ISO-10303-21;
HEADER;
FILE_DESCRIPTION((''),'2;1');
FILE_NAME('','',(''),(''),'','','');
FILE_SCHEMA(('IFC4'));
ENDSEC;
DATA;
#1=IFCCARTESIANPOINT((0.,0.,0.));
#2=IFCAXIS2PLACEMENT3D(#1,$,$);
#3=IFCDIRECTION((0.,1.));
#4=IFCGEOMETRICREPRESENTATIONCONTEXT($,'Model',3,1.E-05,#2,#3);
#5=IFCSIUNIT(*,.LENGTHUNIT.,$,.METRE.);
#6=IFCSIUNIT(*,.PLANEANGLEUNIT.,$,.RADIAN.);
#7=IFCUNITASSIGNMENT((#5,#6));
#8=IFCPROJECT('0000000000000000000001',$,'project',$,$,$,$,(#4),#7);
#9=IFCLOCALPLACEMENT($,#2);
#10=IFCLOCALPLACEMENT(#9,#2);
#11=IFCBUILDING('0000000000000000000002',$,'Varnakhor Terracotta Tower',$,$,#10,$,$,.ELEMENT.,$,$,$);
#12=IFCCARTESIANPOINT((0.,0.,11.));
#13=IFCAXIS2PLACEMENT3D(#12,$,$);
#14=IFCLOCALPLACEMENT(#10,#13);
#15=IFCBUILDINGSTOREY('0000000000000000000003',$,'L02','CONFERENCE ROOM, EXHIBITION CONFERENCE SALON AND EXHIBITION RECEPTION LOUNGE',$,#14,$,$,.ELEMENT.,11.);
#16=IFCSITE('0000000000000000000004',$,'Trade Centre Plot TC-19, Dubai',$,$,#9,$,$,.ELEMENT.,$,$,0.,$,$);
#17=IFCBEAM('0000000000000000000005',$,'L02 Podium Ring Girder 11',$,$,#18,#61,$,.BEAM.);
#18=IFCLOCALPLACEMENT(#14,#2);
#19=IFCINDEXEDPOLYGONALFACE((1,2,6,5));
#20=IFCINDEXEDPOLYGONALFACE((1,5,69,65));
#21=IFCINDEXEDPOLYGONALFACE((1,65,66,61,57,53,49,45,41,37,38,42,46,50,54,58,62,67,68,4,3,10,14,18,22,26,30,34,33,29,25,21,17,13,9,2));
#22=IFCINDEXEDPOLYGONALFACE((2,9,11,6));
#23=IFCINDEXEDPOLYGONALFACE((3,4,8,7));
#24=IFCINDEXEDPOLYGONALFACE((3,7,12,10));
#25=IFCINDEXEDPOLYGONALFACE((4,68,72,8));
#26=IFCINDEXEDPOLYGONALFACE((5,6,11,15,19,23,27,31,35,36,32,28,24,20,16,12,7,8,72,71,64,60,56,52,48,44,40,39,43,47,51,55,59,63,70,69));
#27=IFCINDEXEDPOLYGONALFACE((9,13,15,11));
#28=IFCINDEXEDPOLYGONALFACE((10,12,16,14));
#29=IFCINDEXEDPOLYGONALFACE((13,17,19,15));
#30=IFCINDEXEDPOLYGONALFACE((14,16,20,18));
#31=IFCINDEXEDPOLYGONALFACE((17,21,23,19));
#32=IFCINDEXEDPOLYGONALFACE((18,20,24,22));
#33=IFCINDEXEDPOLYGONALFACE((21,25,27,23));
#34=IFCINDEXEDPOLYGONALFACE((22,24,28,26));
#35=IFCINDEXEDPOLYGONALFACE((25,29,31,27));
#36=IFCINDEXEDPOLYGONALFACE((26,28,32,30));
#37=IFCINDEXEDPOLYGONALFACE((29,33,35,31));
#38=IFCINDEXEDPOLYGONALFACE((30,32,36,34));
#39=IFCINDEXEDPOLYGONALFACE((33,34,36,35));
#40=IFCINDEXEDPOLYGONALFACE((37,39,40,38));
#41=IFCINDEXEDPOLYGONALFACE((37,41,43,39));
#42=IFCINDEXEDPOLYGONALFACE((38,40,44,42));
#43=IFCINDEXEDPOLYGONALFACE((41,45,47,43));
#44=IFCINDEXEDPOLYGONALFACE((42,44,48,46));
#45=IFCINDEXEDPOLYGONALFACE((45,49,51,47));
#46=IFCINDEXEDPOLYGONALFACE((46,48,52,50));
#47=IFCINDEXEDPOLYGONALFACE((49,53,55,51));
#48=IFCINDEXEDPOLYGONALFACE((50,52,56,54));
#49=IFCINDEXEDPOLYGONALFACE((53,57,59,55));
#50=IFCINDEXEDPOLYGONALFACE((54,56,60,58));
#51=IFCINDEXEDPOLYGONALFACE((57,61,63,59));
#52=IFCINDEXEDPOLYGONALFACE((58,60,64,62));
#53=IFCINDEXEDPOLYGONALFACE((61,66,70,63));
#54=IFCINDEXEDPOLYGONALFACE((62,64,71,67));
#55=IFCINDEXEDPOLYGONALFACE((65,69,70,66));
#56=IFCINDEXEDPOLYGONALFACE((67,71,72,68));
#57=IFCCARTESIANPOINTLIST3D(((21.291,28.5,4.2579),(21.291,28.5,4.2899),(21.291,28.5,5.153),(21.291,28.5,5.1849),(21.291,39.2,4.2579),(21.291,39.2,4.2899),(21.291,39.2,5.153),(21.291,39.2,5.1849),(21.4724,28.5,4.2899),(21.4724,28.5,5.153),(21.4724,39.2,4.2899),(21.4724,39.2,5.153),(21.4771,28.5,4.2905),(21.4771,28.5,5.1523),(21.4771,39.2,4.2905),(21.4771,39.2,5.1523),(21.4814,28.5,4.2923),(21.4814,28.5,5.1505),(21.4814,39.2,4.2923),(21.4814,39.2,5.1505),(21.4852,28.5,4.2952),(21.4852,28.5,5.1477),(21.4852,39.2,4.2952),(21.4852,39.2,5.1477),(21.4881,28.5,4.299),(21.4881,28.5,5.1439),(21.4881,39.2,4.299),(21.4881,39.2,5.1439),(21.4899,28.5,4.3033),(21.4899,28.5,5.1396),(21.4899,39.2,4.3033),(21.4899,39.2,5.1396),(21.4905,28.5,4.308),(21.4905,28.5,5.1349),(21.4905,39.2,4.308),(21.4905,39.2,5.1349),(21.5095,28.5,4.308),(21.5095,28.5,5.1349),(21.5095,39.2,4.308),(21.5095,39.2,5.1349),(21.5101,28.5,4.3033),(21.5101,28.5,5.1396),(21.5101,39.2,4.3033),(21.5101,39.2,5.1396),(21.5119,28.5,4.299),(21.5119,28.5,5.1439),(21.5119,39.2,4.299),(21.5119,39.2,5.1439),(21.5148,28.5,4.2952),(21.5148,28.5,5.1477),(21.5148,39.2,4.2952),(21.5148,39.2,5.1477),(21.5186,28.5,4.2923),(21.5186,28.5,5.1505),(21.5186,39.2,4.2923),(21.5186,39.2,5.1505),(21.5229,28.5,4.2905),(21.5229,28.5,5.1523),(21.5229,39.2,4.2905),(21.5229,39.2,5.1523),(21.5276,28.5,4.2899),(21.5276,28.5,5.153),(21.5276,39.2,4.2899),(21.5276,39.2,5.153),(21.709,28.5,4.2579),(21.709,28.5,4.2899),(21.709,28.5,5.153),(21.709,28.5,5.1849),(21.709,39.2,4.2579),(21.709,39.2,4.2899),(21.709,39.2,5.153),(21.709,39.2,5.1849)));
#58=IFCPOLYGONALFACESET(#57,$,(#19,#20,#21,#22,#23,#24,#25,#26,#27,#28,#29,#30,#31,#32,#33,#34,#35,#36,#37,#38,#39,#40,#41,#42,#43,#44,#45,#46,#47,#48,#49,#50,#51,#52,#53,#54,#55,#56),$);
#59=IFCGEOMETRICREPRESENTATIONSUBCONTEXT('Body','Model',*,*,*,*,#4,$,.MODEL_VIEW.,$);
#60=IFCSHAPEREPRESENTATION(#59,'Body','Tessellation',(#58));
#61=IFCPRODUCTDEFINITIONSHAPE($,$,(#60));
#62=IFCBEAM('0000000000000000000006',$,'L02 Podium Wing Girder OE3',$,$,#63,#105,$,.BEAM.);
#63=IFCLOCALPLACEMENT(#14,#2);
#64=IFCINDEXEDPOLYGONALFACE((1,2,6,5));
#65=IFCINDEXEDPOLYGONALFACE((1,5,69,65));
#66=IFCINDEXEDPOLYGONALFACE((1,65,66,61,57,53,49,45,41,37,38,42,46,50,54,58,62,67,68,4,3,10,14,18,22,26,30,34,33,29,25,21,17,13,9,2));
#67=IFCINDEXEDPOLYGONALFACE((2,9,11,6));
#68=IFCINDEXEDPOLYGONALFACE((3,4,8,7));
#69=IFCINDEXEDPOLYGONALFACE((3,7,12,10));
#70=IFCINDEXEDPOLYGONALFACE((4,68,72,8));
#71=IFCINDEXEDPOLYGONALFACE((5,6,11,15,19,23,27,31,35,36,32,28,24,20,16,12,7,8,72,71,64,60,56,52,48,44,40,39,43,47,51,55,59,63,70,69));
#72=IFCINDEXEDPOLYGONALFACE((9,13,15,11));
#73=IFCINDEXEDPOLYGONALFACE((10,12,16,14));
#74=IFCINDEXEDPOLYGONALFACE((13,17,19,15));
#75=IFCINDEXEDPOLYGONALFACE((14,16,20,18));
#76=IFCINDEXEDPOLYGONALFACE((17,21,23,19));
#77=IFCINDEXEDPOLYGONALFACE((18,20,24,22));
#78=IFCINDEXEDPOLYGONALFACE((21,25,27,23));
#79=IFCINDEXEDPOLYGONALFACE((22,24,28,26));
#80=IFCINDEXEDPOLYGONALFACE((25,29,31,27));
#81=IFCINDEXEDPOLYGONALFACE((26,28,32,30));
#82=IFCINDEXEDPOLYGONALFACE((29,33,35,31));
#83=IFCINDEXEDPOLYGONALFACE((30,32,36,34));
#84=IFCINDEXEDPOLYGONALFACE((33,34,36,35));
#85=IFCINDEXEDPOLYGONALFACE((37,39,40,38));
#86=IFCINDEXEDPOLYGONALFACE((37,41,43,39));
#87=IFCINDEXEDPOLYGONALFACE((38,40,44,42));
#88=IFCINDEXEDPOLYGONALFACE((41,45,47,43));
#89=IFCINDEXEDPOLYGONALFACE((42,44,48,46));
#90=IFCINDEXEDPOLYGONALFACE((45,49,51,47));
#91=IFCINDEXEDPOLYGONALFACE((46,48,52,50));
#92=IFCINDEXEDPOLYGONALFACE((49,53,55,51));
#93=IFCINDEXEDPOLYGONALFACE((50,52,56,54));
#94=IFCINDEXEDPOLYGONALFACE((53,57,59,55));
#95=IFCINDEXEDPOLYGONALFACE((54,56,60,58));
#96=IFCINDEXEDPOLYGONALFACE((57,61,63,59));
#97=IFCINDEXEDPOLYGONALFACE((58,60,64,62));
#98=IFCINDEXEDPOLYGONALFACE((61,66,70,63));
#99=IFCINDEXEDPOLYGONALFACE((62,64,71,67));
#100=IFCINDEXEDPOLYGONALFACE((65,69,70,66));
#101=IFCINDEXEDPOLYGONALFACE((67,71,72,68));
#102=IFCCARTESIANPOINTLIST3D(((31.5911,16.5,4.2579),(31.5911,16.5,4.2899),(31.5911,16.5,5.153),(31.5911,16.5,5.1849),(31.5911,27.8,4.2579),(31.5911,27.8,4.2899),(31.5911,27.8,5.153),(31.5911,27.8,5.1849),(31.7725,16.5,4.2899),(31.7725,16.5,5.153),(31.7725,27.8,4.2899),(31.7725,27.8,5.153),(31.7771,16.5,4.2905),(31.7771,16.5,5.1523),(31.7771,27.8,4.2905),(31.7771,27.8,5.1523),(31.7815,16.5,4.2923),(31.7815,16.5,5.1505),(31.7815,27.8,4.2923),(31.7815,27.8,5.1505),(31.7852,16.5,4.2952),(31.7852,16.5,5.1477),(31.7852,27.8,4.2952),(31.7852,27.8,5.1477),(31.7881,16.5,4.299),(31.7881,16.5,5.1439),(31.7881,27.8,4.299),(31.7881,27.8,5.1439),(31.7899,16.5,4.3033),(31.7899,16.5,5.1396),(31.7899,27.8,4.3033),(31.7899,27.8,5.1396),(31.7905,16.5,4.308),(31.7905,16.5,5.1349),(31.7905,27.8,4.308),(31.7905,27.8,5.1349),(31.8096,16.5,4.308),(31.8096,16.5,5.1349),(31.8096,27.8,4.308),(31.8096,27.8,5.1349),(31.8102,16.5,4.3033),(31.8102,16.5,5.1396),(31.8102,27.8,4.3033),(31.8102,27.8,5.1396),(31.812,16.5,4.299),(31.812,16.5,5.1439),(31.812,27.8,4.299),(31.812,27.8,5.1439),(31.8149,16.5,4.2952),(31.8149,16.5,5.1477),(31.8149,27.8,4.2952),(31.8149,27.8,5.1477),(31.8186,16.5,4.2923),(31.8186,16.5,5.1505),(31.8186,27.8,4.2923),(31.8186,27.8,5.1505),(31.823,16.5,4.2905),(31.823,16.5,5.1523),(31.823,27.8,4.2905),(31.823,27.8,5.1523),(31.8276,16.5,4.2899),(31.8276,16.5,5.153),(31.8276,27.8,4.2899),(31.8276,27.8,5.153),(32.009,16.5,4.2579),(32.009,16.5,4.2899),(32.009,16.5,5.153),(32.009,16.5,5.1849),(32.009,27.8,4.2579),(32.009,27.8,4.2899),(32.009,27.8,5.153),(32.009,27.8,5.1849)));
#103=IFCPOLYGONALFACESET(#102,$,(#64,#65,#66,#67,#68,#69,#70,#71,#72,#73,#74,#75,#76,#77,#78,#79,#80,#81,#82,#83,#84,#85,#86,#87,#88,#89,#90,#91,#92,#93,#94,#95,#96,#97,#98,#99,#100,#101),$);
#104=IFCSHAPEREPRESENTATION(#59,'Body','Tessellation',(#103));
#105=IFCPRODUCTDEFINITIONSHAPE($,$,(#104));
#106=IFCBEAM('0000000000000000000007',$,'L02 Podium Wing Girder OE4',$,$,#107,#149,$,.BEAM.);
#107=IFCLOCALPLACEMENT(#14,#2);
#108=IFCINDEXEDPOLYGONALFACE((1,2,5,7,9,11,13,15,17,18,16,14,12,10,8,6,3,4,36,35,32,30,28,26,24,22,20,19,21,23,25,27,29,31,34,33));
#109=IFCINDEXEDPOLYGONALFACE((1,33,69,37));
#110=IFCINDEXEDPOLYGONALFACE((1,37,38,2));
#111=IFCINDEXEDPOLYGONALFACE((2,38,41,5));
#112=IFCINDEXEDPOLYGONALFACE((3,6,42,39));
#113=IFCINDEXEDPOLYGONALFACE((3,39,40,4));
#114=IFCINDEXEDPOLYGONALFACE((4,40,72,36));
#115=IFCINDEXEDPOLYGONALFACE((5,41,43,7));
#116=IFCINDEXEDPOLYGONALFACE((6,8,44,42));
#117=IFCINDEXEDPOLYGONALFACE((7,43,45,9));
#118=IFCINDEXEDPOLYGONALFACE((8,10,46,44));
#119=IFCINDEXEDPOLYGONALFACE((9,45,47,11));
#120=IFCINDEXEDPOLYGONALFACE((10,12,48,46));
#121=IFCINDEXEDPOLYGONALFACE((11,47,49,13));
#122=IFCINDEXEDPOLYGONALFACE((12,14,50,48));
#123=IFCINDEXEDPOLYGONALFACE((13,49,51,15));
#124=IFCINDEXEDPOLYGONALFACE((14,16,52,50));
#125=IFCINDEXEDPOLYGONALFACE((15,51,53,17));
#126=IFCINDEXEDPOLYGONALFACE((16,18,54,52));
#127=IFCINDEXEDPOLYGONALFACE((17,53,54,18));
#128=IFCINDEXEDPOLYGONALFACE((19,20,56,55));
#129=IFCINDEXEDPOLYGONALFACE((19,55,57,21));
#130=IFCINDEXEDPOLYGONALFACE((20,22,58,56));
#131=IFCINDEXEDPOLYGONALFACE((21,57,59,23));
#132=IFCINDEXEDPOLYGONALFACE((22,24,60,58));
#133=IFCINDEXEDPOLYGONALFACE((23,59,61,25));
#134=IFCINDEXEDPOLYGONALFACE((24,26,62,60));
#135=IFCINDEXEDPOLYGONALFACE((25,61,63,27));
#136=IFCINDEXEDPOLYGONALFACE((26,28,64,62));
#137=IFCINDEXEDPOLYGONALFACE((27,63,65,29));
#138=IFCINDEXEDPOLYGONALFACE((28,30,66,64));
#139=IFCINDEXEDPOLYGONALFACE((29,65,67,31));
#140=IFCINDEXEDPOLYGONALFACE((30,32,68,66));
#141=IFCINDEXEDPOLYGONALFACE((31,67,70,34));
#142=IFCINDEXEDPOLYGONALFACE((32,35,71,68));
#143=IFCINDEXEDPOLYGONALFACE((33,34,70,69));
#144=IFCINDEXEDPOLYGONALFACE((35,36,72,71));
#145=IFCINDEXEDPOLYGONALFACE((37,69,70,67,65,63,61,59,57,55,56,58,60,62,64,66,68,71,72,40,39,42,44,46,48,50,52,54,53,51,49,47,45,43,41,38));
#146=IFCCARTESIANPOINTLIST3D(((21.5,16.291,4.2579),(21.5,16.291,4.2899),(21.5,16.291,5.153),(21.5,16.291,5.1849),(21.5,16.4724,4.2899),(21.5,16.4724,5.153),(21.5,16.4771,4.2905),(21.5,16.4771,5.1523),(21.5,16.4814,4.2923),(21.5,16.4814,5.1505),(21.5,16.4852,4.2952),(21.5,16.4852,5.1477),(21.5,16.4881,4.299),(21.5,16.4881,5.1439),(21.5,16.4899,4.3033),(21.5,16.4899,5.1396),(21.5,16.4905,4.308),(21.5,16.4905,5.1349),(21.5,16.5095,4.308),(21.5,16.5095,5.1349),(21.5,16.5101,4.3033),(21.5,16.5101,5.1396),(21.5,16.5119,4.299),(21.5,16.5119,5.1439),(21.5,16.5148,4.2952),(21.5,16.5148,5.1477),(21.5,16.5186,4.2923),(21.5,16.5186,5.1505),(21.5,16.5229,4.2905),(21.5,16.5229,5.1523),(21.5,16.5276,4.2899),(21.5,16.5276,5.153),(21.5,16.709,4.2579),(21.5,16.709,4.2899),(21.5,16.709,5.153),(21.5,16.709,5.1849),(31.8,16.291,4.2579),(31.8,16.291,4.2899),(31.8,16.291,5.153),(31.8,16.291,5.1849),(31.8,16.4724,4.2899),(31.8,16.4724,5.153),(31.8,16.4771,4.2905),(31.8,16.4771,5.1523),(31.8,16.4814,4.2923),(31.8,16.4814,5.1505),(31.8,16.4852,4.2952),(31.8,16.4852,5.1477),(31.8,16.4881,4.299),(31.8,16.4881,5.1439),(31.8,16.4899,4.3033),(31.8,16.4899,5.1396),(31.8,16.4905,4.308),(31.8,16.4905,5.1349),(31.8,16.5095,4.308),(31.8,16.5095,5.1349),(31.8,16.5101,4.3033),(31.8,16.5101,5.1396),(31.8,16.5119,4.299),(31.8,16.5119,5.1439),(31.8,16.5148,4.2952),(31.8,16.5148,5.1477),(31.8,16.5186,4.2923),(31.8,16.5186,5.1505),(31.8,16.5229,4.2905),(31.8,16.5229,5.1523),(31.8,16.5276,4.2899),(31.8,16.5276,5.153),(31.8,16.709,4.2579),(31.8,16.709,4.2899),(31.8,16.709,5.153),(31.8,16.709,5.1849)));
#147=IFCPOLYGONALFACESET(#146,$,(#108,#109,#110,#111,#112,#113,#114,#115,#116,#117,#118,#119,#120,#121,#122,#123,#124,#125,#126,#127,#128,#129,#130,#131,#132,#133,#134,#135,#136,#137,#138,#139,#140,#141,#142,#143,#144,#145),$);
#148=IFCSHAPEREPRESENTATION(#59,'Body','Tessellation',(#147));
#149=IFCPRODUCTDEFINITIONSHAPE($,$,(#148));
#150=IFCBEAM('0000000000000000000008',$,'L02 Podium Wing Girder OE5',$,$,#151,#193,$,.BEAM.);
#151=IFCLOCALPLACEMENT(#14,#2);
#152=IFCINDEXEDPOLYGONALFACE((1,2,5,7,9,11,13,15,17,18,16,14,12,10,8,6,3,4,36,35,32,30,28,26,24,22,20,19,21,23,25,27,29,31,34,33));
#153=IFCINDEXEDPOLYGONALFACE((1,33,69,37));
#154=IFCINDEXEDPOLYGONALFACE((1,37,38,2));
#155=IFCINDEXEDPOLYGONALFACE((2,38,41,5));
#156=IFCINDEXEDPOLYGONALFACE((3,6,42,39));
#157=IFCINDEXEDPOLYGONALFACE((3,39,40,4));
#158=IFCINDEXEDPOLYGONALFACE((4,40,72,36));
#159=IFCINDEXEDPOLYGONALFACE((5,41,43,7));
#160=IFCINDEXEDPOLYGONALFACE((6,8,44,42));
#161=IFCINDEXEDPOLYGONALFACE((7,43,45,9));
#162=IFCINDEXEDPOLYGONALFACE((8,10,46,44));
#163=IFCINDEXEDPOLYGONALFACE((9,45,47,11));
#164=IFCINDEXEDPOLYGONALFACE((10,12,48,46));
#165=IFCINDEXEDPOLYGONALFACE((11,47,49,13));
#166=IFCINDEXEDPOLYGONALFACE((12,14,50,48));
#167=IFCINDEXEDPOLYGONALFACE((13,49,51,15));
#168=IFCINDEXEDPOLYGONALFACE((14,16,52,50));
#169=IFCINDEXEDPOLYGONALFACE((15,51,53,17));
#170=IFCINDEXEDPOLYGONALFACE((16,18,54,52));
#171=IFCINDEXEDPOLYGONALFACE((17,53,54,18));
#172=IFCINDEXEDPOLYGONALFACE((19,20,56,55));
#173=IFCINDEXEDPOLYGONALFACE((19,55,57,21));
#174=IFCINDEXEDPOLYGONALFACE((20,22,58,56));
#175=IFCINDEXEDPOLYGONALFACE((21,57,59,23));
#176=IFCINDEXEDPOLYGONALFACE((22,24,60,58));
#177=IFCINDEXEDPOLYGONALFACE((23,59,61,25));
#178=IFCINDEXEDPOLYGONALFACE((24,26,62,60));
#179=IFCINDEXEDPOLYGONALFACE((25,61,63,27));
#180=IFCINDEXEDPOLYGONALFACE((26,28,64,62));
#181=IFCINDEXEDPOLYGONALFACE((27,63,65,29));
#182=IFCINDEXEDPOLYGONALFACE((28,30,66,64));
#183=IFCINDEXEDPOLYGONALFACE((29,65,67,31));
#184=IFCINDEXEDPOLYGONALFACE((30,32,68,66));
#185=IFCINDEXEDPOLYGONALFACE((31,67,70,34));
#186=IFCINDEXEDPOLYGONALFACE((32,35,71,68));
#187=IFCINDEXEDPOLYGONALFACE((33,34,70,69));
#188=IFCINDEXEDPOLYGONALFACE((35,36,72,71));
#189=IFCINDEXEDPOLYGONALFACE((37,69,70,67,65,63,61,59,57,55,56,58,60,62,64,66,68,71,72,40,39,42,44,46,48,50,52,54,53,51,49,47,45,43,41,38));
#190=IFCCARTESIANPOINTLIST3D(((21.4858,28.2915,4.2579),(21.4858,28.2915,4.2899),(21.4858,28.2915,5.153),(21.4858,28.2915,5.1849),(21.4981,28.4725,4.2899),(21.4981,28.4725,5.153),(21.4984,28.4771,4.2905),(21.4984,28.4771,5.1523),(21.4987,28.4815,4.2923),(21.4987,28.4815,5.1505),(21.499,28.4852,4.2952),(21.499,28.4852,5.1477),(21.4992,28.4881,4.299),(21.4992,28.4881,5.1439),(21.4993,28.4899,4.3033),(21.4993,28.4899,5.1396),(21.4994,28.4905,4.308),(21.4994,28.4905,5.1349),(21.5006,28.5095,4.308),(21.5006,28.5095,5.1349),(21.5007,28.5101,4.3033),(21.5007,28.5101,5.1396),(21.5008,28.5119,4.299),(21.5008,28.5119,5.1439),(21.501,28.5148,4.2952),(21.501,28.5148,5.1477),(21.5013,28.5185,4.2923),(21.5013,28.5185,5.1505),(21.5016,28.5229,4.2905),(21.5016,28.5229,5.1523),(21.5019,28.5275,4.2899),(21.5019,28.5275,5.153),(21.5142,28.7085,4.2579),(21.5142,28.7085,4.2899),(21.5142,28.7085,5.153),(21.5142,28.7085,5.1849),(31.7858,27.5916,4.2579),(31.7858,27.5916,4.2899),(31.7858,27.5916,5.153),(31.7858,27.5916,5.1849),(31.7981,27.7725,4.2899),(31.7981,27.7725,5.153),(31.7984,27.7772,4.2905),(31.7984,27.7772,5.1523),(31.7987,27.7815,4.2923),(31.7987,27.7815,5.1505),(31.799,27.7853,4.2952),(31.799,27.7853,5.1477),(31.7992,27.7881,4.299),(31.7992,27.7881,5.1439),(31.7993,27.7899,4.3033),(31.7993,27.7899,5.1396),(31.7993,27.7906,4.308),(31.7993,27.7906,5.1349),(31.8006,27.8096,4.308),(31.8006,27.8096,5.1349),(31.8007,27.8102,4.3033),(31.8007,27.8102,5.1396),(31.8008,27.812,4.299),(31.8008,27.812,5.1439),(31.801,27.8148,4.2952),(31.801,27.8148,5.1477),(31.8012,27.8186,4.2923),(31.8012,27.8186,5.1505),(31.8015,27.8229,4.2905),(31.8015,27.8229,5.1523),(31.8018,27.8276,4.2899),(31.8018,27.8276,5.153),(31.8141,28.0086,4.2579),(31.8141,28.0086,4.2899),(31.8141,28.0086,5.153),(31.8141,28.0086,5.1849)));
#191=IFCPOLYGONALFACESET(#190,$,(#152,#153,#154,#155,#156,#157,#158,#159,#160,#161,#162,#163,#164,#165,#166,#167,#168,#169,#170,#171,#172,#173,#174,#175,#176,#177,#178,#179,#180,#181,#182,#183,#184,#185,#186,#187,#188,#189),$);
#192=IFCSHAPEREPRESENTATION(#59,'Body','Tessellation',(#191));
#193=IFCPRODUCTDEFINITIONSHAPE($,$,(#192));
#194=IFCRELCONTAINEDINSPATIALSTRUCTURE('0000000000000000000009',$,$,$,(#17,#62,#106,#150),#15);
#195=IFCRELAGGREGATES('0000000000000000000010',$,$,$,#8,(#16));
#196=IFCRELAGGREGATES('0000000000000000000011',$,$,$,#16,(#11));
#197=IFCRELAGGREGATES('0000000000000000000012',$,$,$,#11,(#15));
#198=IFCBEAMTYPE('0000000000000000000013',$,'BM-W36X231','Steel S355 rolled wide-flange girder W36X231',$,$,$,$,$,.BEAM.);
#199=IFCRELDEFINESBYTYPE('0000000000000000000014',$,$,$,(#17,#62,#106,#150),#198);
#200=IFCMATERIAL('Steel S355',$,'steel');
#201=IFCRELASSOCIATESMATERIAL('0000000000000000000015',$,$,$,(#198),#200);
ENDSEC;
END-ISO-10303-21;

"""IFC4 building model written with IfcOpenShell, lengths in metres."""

from ifc_helpers import new_model, si_unit, direction, frame, origin, origin_2d, place, context, subcontext, project, spatial, i_section, extrude, source, transform, mapped, material, material_profile, profile_set, type_object, element, save


model = new_model("IFC4")

# Units and contexts
model_context = context("Model", 3, precision=1e-05, world=origin(), true_north=direction((0.0, 1.0)))
body_context = subcontext(model_context, "Body", "Model", "MODEL_VIEW")
ifc_project = project(units=[si_unit("LENGTHUNIT", "METRE"), si_unit("PLANEANGLEUNIT", "RADIAN")], contexts=[model_context])

# Site, building, storey
site_placement = place(None, origin())
site = spatial("IfcSite", under=ifc_project, at=site_placement, Name="Trade Centre Plot TC-19, Dubai", CompositionType="ELEMENT", RefElevation=0.0)
building_placement = place(site_placement, origin())
building = spatial("IfcBuilding", under=site, at=building_placement, Name="Varnakhor Terracotta Tower", CompositionType="ELEMENT")
storey_placement = place(building_placement, frame((0.0, 0.0, 11.0)))
storey = spatial("IfcBuildingStorey", under=building, at=storey_placement, Name="L02", Description="CONFERENCE ROOM, EXHIBITION CONFERENCE SALON AND EXHIBITION RECEPTION LOUNGE", CompositionType="ELEMENT", Elevation=11.0)

# Beams
ifc_material_1 = material(Name="Steel S355", Category="steel")
ifc_material_profile_1 = material_profile(ifc_material_1, i_section(OverallWidth=0.418, OverallDepth=0.927, WebThickness=0.019, FlangeThickness=0.032, FilletRadius=0.0181, at=origin_2d()), Name="W36X231")
ifc_profile_set_1 = profile_set([ifc_material_profile_1], Name="Steel S355")
beam_type_1 = type_object("IfcBeamType", Name="BM-W36X231", Description="Steel S355 rolled wide-flange girder W36X231", PredefinedType="BEAM", material=ifc_profile_set_1)
shared_shape_1 = source(origin(), body_context, "Body", "SweptSolid", [
    extrude(i_section(OverallWidth=0.418, OverallDepth=0.927, WebThickness=0.019, FlangeThickness=0.032, FilletRadius=0.0181, at=origin_2d()), origin(), (0.0, 0.0, 1.0), 10.7),
])
beam_1_placement = place(storey_placement, frame((21.5, 39.2, 4.7214), z_axis=(0.0, -1.0, 0.0), x_axis=(1.0, 0.0, 0.0)))
element("IfcBeam", 1, at=beam_1_placement, inside=storey, type_object=beam_type_1, Name="L02 Podium Ring Girder 11", PredefinedType="BEAM", context=body_context, shape_type="MappedRepresentation", body=[
    mapped(shared_shape_1, transform((0.0, 0.0, 0.0), scale=1.0)),
])
shared_shape_2 = source(origin(), body_context, "Body", "SweptSolid", [
    extrude(i_section(OverallWidth=0.418, OverallDepth=0.927, WebThickness=0.019, FlangeThickness=0.032, FilletRadius=0.0181, at=origin_2d()), origin(), (0.0, 0.0, 1.0), 11.3),
])
beam_2_placement = place(storey_placement, frame((31.8, 16.5, 4.7214), z_axis=(0.0, 1.0, 0.0), x_axis=(-1.0, 0.0, 0.0)))
element("IfcBeam", 2, at=beam_2_placement, inside=storey, type_object=beam_type_1, Name="L02 Podium Wing Girder OE3", PredefinedType="BEAM", context=body_context, shape_type="MappedRepresentation", body=[
    mapped(shared_shape_2, transform((0.0, 0.0, 0.0), scale=1.0)),
])
shared_shape_3 = source(origin(), body_context, "Body", "SweptSolid", [
    extrude(i_section(OverallWidth=0.418, OverallDepth=0.927, WebThickness=0.019, FlangeThickness=0.032, FilletRadius=0.0181, at=origin_2d()), origin(), (0.0, 0.0, 1.0), 10.3),
])
beam_3_placement = place(storey_placement, frame((21.5, 16.5, 4.7214), z_axis=(1.0, 0.0, 0.0), x_axis=(0.0, 1.0, 0.0)))
element("IfcBeam", 3, at=beam_3_placement, inside=storey, type_object=beam_type_1, Name="L02 Podium Wing Girder OE4", PredefinedType="BEAM", context=body_context, shape_type="MappedRepresentation", body=[
    mapped(shared_shape_3, transform((0.0, 0.0, 0.0), scale=1.0)),
])
shared_shape_4 = source(origin(), body_context, "Body", "SweptSolid", [
    extrude(i_section(OverallWidth=0.418, OverallDepth=0.927, WebThickness=0.019, FlangeThickness=0.032, FilletRadius=0.0181, at=origin_2d()), origin(), (0.0, 0.0, 1.0), 10.3237),
])
beam_4_placement = place(storey_placement, frame((21.5, 28.5, 4.7214), z_axis=(0.997699, -0.0678, 0.0), x_axis=(0.0678, 0.997699, 0.0)))
element("IfcBeam", 4, at=beam_4_placement, inside=storey, type_object=beam_type_1, Name="L02 Podium Wing Girder OE5", PredefinedType="BEAM", context=body_context, shape_type="MappedRepresentation", body=[
    mapped(shared_shape_4, transform((0.0, 0.0, 0.0), scale=1.0)),
])

save(model, "model.ifc")
